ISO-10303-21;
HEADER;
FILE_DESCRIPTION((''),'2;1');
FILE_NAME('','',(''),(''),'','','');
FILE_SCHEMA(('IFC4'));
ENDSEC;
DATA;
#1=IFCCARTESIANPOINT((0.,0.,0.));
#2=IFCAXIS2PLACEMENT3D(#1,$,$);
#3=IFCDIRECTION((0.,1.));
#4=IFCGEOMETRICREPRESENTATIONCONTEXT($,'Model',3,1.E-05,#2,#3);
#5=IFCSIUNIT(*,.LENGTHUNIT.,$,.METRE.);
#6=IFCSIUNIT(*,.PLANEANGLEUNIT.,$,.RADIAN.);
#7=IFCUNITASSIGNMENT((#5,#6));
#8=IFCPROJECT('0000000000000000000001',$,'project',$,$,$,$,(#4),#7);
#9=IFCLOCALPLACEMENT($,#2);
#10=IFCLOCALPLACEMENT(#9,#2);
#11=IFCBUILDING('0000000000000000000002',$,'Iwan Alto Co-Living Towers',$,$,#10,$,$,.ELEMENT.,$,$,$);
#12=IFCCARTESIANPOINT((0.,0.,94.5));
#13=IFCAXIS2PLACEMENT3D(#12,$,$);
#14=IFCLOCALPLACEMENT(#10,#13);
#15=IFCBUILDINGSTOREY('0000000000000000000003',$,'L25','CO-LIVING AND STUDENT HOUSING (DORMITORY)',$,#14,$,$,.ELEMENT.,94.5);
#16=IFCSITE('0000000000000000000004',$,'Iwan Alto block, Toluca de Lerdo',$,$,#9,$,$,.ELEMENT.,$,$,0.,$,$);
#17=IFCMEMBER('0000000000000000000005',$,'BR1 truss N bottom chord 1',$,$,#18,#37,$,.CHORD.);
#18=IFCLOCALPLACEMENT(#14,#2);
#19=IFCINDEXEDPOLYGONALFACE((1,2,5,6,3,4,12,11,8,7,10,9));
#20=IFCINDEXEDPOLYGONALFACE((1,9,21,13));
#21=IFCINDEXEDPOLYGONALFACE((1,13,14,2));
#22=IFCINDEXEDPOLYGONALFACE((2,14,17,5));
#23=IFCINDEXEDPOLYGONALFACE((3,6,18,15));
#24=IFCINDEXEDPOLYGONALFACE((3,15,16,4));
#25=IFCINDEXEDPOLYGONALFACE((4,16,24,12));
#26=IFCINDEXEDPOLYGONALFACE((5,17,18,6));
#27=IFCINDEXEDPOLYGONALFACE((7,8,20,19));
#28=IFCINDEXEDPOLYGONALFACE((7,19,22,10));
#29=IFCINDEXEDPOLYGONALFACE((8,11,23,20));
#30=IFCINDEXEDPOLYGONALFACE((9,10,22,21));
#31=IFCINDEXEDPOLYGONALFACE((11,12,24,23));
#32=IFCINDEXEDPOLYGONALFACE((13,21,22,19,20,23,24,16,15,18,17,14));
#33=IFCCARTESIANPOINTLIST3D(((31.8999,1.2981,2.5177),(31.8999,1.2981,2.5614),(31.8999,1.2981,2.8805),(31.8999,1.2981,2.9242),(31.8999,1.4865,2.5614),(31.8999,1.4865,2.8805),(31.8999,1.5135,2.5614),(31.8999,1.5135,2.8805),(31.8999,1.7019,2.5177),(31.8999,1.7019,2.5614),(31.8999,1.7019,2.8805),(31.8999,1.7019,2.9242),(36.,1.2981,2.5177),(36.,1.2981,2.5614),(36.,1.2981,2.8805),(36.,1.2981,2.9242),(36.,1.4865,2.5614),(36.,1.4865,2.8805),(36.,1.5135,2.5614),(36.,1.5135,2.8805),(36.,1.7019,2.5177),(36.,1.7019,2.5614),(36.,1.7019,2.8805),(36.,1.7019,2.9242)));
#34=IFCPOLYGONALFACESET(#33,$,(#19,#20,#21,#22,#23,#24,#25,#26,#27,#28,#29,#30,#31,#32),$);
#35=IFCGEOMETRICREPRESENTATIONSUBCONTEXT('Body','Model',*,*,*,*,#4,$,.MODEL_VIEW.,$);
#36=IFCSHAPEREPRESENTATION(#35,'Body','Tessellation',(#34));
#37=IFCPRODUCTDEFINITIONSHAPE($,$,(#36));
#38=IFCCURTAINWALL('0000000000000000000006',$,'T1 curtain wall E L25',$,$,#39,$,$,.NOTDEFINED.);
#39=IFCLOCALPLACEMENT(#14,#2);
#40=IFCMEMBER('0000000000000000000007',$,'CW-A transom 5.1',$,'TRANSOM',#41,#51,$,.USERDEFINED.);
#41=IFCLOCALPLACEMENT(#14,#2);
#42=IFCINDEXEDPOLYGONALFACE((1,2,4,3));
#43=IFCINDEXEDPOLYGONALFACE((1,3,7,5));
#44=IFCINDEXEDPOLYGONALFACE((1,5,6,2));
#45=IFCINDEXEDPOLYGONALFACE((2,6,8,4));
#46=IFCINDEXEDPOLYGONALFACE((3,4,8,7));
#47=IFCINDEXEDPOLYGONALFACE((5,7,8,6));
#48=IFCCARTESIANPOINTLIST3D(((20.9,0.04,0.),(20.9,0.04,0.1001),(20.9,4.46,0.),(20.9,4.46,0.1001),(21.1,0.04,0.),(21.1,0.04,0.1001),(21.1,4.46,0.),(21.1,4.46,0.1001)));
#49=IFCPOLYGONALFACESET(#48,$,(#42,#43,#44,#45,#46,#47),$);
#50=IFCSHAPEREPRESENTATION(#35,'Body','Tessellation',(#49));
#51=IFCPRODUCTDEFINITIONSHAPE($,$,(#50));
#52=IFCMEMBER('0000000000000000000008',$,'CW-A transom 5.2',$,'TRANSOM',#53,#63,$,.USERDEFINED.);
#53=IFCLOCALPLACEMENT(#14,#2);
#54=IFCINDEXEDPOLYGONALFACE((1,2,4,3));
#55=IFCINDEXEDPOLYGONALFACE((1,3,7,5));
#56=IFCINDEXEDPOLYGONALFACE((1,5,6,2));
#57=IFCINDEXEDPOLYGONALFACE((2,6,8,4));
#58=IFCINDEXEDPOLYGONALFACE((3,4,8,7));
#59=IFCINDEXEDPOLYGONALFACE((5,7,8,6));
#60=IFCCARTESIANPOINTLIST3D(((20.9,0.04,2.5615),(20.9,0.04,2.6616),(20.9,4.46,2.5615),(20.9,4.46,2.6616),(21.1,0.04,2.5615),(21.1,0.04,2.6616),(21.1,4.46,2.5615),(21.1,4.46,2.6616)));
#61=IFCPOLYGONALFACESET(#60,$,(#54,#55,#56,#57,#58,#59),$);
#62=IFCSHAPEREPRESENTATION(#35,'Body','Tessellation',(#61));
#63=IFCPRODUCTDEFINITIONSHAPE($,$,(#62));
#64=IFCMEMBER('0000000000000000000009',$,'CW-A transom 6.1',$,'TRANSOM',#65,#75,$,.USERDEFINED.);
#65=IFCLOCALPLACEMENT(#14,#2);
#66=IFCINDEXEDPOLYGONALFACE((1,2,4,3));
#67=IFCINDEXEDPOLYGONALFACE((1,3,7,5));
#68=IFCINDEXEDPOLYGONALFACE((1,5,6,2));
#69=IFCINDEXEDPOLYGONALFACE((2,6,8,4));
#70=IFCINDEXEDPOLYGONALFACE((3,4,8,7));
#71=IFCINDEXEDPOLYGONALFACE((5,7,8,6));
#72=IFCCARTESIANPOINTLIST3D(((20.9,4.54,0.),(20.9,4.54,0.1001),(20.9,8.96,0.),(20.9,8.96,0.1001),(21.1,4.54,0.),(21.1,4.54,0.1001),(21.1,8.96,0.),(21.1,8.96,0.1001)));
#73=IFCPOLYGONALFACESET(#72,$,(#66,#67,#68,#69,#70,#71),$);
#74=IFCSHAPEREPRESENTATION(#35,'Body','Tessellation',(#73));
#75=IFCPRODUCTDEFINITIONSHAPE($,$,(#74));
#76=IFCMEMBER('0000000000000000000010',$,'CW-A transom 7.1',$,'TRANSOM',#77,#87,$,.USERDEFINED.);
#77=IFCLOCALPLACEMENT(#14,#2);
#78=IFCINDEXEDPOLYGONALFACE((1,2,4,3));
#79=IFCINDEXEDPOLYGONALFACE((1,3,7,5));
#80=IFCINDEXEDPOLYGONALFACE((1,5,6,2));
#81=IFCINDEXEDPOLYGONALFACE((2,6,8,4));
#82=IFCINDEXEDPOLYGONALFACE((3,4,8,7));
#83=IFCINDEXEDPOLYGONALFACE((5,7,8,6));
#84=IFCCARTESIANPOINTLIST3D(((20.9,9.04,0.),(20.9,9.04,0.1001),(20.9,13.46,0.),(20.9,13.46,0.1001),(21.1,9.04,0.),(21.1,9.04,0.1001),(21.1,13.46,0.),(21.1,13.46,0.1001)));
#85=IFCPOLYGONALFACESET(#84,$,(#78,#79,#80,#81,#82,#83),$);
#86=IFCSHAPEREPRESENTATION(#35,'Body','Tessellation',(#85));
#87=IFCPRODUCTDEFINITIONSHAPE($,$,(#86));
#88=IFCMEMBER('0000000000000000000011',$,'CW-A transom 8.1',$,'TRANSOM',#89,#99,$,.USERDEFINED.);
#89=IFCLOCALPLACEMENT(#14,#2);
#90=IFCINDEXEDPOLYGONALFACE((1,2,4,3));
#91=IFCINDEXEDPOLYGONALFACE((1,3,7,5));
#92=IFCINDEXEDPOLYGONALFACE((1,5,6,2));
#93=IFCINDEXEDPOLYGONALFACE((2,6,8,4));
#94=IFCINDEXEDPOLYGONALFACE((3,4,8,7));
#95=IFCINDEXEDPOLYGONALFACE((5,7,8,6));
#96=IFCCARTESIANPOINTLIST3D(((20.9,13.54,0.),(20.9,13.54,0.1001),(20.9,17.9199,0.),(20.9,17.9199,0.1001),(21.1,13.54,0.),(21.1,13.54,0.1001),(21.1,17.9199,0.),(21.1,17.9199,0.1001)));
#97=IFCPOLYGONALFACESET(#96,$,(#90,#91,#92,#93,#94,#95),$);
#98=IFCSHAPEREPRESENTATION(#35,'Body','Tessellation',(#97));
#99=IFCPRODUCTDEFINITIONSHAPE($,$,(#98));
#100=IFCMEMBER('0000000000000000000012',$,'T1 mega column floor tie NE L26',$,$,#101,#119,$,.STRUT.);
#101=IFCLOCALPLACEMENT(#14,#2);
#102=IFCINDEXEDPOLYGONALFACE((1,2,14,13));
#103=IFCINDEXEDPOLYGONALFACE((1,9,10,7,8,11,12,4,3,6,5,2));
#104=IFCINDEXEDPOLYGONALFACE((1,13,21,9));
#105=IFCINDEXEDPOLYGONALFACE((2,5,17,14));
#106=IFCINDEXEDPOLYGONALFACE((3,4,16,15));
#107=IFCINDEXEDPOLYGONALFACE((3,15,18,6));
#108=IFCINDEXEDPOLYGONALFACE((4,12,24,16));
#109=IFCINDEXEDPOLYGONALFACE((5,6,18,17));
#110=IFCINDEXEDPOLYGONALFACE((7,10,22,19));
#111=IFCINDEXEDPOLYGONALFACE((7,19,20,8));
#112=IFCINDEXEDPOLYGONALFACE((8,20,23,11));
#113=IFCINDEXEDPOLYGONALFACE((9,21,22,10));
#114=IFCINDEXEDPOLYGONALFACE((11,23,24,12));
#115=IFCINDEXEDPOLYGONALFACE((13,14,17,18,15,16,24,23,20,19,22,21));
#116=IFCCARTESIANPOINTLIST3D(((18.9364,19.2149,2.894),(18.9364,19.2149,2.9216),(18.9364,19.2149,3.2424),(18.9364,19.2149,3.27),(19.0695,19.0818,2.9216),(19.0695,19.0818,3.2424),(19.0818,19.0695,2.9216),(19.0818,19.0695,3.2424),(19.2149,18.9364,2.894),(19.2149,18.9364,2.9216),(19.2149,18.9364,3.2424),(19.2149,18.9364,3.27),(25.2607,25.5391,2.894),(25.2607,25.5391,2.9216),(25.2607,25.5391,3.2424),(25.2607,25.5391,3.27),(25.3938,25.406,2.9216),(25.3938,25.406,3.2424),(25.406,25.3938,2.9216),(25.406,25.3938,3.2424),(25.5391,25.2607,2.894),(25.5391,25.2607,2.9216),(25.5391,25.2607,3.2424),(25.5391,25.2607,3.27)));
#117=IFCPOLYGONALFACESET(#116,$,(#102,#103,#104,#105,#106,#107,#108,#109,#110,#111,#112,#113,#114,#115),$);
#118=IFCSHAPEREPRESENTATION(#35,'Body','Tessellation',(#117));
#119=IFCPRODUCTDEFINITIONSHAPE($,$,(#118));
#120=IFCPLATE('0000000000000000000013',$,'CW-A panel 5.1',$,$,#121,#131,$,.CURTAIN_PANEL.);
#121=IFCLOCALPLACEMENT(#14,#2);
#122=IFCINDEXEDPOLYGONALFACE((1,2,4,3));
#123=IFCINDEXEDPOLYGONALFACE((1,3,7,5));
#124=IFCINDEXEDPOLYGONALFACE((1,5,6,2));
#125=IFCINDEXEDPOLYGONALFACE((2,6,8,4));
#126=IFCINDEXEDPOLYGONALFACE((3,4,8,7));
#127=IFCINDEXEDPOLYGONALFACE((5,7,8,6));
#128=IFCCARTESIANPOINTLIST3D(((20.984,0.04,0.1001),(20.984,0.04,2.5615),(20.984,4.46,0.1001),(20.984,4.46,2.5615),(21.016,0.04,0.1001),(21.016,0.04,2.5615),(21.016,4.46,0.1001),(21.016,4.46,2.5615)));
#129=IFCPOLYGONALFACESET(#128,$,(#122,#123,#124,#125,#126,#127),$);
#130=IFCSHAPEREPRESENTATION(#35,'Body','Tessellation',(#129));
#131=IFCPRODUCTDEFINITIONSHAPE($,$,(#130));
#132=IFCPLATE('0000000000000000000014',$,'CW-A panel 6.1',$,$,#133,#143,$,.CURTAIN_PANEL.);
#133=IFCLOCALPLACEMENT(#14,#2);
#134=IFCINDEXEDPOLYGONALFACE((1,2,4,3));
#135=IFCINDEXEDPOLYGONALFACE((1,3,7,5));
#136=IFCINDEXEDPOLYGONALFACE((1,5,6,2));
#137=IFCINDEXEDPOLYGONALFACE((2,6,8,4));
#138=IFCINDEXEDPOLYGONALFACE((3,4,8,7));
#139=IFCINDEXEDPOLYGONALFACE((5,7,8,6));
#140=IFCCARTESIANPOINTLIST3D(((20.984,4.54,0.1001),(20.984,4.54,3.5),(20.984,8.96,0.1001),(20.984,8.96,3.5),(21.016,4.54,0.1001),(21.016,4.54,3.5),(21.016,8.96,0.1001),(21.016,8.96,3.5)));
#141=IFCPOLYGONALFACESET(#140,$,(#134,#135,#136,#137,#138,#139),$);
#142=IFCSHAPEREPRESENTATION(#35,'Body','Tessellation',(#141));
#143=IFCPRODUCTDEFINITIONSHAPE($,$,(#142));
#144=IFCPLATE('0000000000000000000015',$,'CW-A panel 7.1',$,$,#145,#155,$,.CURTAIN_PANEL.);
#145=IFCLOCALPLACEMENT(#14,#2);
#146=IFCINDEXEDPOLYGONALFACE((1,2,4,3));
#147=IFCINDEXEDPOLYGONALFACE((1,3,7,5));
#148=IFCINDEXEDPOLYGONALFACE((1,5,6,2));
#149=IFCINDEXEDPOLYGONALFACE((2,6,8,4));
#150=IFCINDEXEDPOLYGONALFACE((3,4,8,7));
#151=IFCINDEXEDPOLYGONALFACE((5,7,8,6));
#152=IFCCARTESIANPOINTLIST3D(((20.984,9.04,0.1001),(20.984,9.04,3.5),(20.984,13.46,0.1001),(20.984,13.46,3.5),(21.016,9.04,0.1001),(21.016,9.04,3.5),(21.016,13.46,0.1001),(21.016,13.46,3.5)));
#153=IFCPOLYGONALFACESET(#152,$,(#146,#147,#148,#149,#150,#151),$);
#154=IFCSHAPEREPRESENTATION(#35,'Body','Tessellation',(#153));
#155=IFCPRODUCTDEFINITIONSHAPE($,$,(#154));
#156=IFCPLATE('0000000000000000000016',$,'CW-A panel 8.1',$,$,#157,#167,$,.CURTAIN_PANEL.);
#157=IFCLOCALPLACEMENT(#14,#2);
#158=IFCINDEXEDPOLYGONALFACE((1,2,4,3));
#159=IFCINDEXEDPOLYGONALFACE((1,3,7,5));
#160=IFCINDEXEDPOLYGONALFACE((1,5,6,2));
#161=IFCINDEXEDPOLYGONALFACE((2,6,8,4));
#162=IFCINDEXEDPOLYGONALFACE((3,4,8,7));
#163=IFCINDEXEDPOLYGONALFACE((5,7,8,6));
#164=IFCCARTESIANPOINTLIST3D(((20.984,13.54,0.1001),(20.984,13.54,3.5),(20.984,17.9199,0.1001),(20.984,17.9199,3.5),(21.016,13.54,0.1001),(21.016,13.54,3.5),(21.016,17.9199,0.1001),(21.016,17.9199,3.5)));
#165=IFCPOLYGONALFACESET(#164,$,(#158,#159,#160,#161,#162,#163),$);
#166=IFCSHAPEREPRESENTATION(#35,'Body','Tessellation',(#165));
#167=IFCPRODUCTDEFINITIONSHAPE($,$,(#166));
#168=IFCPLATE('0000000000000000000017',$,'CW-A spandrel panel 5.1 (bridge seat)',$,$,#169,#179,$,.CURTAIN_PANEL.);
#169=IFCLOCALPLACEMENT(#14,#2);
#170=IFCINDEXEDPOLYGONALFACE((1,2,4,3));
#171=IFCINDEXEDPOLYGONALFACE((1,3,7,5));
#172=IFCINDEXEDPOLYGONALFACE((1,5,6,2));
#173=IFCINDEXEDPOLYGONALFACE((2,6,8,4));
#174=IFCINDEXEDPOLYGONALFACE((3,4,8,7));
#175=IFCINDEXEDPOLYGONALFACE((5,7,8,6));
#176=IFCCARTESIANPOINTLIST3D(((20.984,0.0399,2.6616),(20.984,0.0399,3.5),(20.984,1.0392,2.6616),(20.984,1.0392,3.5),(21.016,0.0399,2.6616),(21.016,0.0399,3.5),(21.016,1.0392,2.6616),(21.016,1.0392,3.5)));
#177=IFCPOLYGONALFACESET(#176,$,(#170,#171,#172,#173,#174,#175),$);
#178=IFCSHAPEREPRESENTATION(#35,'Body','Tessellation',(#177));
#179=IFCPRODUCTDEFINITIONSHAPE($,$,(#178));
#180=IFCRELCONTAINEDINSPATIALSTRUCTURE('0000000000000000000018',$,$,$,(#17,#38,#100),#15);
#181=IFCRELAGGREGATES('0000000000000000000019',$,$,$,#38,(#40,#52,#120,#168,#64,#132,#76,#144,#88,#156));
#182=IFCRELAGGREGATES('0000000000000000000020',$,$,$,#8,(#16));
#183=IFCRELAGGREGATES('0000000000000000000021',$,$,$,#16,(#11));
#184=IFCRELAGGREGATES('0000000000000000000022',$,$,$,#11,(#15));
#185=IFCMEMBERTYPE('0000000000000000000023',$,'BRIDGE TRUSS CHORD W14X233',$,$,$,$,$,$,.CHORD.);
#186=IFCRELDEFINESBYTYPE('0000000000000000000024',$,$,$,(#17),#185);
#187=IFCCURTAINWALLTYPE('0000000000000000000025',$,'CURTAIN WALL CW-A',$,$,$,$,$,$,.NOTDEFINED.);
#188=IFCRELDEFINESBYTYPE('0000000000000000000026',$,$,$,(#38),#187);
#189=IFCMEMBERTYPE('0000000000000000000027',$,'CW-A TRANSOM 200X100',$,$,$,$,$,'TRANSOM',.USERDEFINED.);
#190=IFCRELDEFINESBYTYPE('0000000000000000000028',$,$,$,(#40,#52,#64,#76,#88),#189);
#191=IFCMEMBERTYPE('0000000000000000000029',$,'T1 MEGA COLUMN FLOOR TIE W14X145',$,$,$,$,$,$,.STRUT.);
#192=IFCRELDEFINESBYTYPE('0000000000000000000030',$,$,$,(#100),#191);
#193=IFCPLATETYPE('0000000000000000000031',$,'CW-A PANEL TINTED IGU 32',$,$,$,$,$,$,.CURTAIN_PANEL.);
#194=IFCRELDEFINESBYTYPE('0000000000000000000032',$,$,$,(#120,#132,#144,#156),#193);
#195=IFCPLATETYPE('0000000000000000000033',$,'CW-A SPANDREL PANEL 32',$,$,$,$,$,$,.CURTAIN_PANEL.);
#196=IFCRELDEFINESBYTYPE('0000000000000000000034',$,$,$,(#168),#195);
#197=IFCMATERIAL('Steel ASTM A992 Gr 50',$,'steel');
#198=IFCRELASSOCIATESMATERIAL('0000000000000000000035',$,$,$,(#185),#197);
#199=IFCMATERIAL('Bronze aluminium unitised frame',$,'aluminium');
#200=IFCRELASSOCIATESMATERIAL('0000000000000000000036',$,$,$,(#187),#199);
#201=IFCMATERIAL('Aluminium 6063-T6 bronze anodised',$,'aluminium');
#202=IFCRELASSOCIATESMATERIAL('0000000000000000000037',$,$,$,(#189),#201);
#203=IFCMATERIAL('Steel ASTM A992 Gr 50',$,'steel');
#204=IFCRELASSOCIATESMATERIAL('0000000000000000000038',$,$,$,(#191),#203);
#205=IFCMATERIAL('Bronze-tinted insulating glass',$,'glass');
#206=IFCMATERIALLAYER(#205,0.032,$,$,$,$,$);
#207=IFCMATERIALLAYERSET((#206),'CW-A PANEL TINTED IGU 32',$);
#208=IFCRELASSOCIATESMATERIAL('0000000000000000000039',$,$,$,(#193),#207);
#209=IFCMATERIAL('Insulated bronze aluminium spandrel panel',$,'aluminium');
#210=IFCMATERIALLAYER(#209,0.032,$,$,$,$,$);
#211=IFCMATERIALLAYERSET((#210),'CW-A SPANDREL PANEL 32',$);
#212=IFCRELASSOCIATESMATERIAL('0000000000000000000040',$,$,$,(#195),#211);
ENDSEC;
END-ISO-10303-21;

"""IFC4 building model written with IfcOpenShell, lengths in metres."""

from ifc_helpers import new_model, si_unit, direction, frame, origin, origin_2d, place, context, subcontext, project, spatial, rectangle, i_section, extrude, material, layer, layer_set, material_profile, profile_set, type_object, element, aggregate, save


model = new_model("IFC4")

# Units and contexts
model_context = context("Model", 3, precision=1e-05, world=origin(), true_north=direction((0.0, 1.0)))
body_context = subcontext(model_context, "Body", "Model", "MODEL_VIEW")
ifc_project = project(units=[si_unit("LENGTHUNIT", "METRE"), si_unit("PLANEANGLEUNIT", "RADIAN")], contexts=[model_context])

# Site, building, storey
site_placement = place(None, origin())
site = spatial("IfcSite", under=ifc_project, at=site_placement, Name="Iwan Alto block, Toluca de Lerdo", CompositionType="ELEMENT", RefElevation=0.0)
building_placement = place(site_placement, origin())
building = spatial("IfcBuilding", under=site, at=building_placement, Name="Iwan Alto Co-Living Towers", CompositionType="ELEMENT")
storey_placement = place(building_placement, frame((0.0, 0.0, 94.5)))
storey = spatial("IfcBuildingStorey", under=building, at=storey_placement, Name="L25", Description="CO-LIVING AND STUDENT HOUSING (DORMITORY)", CompositionType="ELEMENT", Elevation=94.5)

# Member
ifc_material_1 = material(Name="Steel ASTM A992 Gr 50", Category="steel")
ifc_material_profile_1 = material_profile(ifc_material_1, i_section(OverallWidth=0.4038, OverallDepth=0.4065, WebThickness=0.0271, FlangeThickness=0.0437, at=origin_2d()), Name="W14X233")
ifc_profile_set_1 = profile_set([ifc_material_profile_1], Name="Steel ASTM A992 Gr 50")
member_type_1 = type_object("IfcMemberType", Name="BRIDGE TRUSS CHORD W14X233", PredefinedType="CHORD", material=ifc_profile_set_1)
member_1_placement = place(storey_placement, frame((31.8999, 1.5, 2.7209), z_axis=(1.0, 0.0, 0.0), x_axis=(0.0, 1.0, 0.0)))
element("IfcMember", 1, at=member_1_placement, inside=storey, type_object=member_type_1, Name="BR1 truss N bottom chord 1", PredefinedType="CHORD", context=body_context, shape_type="SweptSolid", body=[
    extrude(i_section(OverallWidth=0.4038, OverallDepth=0.4065, WebThickness=0.0271, FlangeThickness=0.0437, at=origin_2d()), origin(), (0.0, 0.0, 1.0), 4.1001),
])

# Curtain wall, members
ifc_material_2 = material(Name="Bronze aluminium unitised frame", Category="aluminium")
curtain_wall_type = type_object("IfcCurtainWallType", Name="CURTAIN WALL CW-A", PredefinedType="NOTDEFINED", material=ifc_material_2)
curtain_wall_placement = place(storey_placement, origin())
curtain_wall = element("IfcCurtainWall", 2, at=curtain_wall_placement, inside=storey, type_object=curtain_wall_type, Name="T1 curtain wall E L25", PredefinedType="NOTDEFINED")
ifc_material_3 = material(Name="Aluminium 6063-T6 bronze anodised", Category="aluminium")
ifc_material_profile_2 = material_profile(ifc_material_3, rectangle(XDim=0.2, YDim=0.1001, at=origin_2d()), Name="AL 200X100")
ifc_profile_set_2 = profile_set([ifc_material_profile_2], Name="Aluminium 6063-T6 bronze anodised")
member_type_2 = type_object("IfcMemberType", Name="CW-A TRANSOM 200X100", ElementType="TRANSOM", PredefinedType="USERDEFINED", material=ifc_profile_set_2)
member_2_placement = place(storey_placement, frame((21.0, 0.04, 0.05), z_axis=(0.0, 1.0, 0.0), x_axis=(-1.0, 0.0, 0.0)))
member_2 = element("IfcMember", 3, at=member_2_placement, type_object=member_type_2, Name="CW-A transom 5.1", ObjectType="TRANSOM", PredefinedType="USERDEFINED", context=body_context, shape_type="SweptSolid", body=[
    extrude(rectangle(XDim=0.2, YDim=0.1001, at=origin_2d()), origin(), (0.0, 0.0, 1.0), 4.4199),
])
member_3_placement = place(storey_placement, frame((21.0, 0.04, 2.6116), z_axis=(0.0, 1.0, 0.0), x_axis=(-1.0, 0.0, 0.0)))
member_3 = element("IfcMember", 4, at=member_3_placement, type_object=member_type_2, Name="CW-A transom 5.2", ObjectType="TRANSOM", PredefinedType="USERDEFINED", context=body_context, shape_type="SweptSolid", body=[
    extrude(rectangle(XDim=0.2, YDim=0.1001, at=origin_2d()), origin(), (0.0, 0.0, 1.0), 4.4199),
])
member_4_placement = place(storey_placement, frame((21.0, 4.54, 0.05), z_axis=(0.0, 1.0, 0.0), x_axis=(-1.0, 0.0, 0.0)))
member_4 = element("IfcMember", 5, at=member_4_placement, type_object=member_type_2, Name="CW-A transom 6.1", ObjectType="TRANSOM", PredefinedType="USERDEFINED", context=body_context, shape_type="SweptSolid", body=[
    extrude(rectangle(XDim=0.2, YDim=0.1001, at=origin_2d()), origin(), (0.0, 0.0, 1.0), 4.4199),
])
member_5_placement = place(storey_placement, frame((21.0, 9.04, 0.05), z_axis=(0.0, 1.0, 0.0), x_axis=(-1.0, 0.0, 0.0)))
member_5 = element("IfcMember", 6, at=member_5_placement, type_object=member_type_2, Name="CW-A transom 7.1", ObjectType="TRANSOM", PredefinedType="USERDEFINED", context=body_context, shape_type="SweptSolid", body=[
    extrude(rectangle(XDim=0.2, YDim=0.1001, at=origin_2d()), origin(), (0.0, 0.0, 1.0), 4.4199),
])
member_6_placement = place(storey_placement, frame((21.0, 13.54, 0.05), z_axis=(0.0, 1.0, 0.0), x_axis=(-1.0, 0.0, 0.0)))
member_6 = element("IfcMember", 7, at=member_6_placement, type_object=member_type_2, Name="CW-A transom 8.1", ObjectType="TRANSOM", PredefinedType="USERDEFINED", context=body_context, shape_type="SweptSolid", body=[
    extrude(rectangle(XDim=0.2, YDim=0.1001, at=origin_2d()), origin(), (0.0, 0.0, 1.0), 4.3799),
])

# Member
ifc_material_4 = material(Name="Steel ASTM A992 Gr 50", Category="steel")
ifc_material_profile_3 = material_profile(ifc_material_4, i_section(OverallWidth=0.3938, OverallDepth=0.376, WebThickness=0.0173, FlangeThickness=0.0276, at=origin_2d()), Name="W14X145")
ifc_profile_set_3 = profile_set([ifc_material_profile_3], Name="Steel ASTM A992 Gr 50")
member_type_3 = type_object("IfcMemberType", Name="T1 MEGA COLUMN FLOOR TIE W14X145", PredefinedType="STRUT", material=ifc_profile_set_3)
member_7_placement = place(storey_placement, frame((25.3999, 25.3999, 3.082), z_axis=(-0.707107, -0.707107, 0.0), x_axis=(0.707107, -0.707107, 0.0)))
element("IfcMember", 8, at=member_7_placement, inside=storey, type_object=member_type_3, Name="T1 mega column floor tie NE L26", PredefinedType="STRUT", context=body_context, shape_type="SweptSolid", body=[
    extrude(i_section(OverallWidth=0.3938, OverallDepth=0.376, WebThickness=0.0173, FlangeThickness=0.0276, at=origin_2d()), origin(), (0.0, 0.0, 1.0), 8.9438),
])

# Plates
ifc_material_5 = material(Name="Bronze-tinted insulating glass", Category="glass")
ifc_layer_1 = layer(ifc_material_5, 0.032)
ifc_layer_set_1 = layer_set([ifc_layer_1], Name="CW-A PANEL TINTED IGU 32")
plate_type_1 = type_object("IfcPlateType", Name="CW-A PANEL TINTED IGU 32", PredefinedType="CURTAIN_PANEL", material=ifc_layer_set_1)
plate_1_placement = place(storey_placement, frame((21.0, 2.25, 0.1001), z_axis=(0.0, 0.0, 1.0), x_axis=(0.0, 1.0, 0.0)))
plate_1 = element("IfcPlate", 9, at=plate_1_placement, type_object=plate_type_1, Name="CW-A panel 5.1", PredefinedType="CURTAIN_PANEL", context=body_context, shape_type="SweptSolid", body=[
    extrude(rectangle(XDim=4.4199, YDim=0.032, at=origin_2d()), origin(), (0.0, 0.0, 1.0), 2.4614),
])
plate_2_placement = place(storey_placement, frame((21.0, 6.75, 0.1001), z_axis=(0.0, 0.0, 1.0), x_axis=(0.0, 1.0, 0.0)))
plate_2 = element("IfcPlate", 10, at=plate_2_placement, type_object=plate_type_1, Name="CW-A panel 6.1", PredefinedType="CURTAIN_PANEL", context=body_context, shape_type="SweptSolid", body=[
    extrude(rectangle(XDim=4.4199, YDim=0.032, at=origin_2d()), origin(), (0.0, 0.0, 1.0), 3.3999),
])
plate_3_placement = place(storey_placement, frame((21.0, 11.25, 0.1001), z_axis=(0.0, 0.0, 1.0), x_axis=(0.0, 1.0, 0.0)))
plate_3 = element("IfcPlate", 11, at=plate_3_placement, type_object=plate_type_1, Name="CW-A panel 7.1", PredefinedType="CURTAIN_PANEL", context=body_context, shape_type="SweptSolid", body=[
    extrude(rectangle(XDim=4.4199, YDim=0.032, at=origin_2d()), origin(), (0.0, 0.0, 1.0), 3.3999),
])
plate_4_placement = place(storey_placement, frame((21.0, 15.73, 0.1001), z_axis=(0.0, 0.0, 1.0), x_axis=(0.0, 1.0, 0.0)))
plate_4 = element("IfcPlate", 12, at=plate_4_placement, type_object=plate_type_1, Name="CW-A panel 8.1", PredefinedType="CURTAIN_PANEL", context=body_context, shape_type="SweptSolid", body=[
    extrude(rectangle(XDim=4.3799, YDim=0.032, at=origin_2d()), origin(), (0.0, 0.0, 1.0), 3.3999),
])
ifc_material_6 = material(Name="Insulated bronze aluminium spandrel panel", Category="aluminium")
ifc_layer_2 = layer(ifc_material_6, 0.032)
ifc_layer_set_2 = layer_set([ifc_layer_2], Name="CW-A SPANDREL PANEL 32")
plate_type_2 = type_object("IfcPlateType", Name="CW-A SPANDREL PANEL 32", PredefinedType="CURTAIN_PANEL", material=ifc_layer_set_2)
plate_5_placement = place(storey_placement, frame((21.0, 0.5396, 2.6616), z_axis=(0.0, 0.0, 1.0), x_axis=(0.0, 1.0, 0.0)))
plate_5 = element("IfcPlate", 13, at=plate_5_placement, type_object=plate_type_2, Name="CW-A spandrel panel 5.1 (bridge seat)", PredefinedType="CURTAIN_PANEL", context=body_context, shape_type="SweptSolid", body=[
    extrude(rectangle(XDim=0.9993, YDim=0.032, at=origin_2d()), origin(), (0.0, 0.0, 1.0), 0.8384),
])
aggregate(curtain_wall, [member_2, member_3, plate_1, plate_5, member_4, plate_2, member_5, plate_3, member_6, plate_4])

save(model, "model.ifc")
